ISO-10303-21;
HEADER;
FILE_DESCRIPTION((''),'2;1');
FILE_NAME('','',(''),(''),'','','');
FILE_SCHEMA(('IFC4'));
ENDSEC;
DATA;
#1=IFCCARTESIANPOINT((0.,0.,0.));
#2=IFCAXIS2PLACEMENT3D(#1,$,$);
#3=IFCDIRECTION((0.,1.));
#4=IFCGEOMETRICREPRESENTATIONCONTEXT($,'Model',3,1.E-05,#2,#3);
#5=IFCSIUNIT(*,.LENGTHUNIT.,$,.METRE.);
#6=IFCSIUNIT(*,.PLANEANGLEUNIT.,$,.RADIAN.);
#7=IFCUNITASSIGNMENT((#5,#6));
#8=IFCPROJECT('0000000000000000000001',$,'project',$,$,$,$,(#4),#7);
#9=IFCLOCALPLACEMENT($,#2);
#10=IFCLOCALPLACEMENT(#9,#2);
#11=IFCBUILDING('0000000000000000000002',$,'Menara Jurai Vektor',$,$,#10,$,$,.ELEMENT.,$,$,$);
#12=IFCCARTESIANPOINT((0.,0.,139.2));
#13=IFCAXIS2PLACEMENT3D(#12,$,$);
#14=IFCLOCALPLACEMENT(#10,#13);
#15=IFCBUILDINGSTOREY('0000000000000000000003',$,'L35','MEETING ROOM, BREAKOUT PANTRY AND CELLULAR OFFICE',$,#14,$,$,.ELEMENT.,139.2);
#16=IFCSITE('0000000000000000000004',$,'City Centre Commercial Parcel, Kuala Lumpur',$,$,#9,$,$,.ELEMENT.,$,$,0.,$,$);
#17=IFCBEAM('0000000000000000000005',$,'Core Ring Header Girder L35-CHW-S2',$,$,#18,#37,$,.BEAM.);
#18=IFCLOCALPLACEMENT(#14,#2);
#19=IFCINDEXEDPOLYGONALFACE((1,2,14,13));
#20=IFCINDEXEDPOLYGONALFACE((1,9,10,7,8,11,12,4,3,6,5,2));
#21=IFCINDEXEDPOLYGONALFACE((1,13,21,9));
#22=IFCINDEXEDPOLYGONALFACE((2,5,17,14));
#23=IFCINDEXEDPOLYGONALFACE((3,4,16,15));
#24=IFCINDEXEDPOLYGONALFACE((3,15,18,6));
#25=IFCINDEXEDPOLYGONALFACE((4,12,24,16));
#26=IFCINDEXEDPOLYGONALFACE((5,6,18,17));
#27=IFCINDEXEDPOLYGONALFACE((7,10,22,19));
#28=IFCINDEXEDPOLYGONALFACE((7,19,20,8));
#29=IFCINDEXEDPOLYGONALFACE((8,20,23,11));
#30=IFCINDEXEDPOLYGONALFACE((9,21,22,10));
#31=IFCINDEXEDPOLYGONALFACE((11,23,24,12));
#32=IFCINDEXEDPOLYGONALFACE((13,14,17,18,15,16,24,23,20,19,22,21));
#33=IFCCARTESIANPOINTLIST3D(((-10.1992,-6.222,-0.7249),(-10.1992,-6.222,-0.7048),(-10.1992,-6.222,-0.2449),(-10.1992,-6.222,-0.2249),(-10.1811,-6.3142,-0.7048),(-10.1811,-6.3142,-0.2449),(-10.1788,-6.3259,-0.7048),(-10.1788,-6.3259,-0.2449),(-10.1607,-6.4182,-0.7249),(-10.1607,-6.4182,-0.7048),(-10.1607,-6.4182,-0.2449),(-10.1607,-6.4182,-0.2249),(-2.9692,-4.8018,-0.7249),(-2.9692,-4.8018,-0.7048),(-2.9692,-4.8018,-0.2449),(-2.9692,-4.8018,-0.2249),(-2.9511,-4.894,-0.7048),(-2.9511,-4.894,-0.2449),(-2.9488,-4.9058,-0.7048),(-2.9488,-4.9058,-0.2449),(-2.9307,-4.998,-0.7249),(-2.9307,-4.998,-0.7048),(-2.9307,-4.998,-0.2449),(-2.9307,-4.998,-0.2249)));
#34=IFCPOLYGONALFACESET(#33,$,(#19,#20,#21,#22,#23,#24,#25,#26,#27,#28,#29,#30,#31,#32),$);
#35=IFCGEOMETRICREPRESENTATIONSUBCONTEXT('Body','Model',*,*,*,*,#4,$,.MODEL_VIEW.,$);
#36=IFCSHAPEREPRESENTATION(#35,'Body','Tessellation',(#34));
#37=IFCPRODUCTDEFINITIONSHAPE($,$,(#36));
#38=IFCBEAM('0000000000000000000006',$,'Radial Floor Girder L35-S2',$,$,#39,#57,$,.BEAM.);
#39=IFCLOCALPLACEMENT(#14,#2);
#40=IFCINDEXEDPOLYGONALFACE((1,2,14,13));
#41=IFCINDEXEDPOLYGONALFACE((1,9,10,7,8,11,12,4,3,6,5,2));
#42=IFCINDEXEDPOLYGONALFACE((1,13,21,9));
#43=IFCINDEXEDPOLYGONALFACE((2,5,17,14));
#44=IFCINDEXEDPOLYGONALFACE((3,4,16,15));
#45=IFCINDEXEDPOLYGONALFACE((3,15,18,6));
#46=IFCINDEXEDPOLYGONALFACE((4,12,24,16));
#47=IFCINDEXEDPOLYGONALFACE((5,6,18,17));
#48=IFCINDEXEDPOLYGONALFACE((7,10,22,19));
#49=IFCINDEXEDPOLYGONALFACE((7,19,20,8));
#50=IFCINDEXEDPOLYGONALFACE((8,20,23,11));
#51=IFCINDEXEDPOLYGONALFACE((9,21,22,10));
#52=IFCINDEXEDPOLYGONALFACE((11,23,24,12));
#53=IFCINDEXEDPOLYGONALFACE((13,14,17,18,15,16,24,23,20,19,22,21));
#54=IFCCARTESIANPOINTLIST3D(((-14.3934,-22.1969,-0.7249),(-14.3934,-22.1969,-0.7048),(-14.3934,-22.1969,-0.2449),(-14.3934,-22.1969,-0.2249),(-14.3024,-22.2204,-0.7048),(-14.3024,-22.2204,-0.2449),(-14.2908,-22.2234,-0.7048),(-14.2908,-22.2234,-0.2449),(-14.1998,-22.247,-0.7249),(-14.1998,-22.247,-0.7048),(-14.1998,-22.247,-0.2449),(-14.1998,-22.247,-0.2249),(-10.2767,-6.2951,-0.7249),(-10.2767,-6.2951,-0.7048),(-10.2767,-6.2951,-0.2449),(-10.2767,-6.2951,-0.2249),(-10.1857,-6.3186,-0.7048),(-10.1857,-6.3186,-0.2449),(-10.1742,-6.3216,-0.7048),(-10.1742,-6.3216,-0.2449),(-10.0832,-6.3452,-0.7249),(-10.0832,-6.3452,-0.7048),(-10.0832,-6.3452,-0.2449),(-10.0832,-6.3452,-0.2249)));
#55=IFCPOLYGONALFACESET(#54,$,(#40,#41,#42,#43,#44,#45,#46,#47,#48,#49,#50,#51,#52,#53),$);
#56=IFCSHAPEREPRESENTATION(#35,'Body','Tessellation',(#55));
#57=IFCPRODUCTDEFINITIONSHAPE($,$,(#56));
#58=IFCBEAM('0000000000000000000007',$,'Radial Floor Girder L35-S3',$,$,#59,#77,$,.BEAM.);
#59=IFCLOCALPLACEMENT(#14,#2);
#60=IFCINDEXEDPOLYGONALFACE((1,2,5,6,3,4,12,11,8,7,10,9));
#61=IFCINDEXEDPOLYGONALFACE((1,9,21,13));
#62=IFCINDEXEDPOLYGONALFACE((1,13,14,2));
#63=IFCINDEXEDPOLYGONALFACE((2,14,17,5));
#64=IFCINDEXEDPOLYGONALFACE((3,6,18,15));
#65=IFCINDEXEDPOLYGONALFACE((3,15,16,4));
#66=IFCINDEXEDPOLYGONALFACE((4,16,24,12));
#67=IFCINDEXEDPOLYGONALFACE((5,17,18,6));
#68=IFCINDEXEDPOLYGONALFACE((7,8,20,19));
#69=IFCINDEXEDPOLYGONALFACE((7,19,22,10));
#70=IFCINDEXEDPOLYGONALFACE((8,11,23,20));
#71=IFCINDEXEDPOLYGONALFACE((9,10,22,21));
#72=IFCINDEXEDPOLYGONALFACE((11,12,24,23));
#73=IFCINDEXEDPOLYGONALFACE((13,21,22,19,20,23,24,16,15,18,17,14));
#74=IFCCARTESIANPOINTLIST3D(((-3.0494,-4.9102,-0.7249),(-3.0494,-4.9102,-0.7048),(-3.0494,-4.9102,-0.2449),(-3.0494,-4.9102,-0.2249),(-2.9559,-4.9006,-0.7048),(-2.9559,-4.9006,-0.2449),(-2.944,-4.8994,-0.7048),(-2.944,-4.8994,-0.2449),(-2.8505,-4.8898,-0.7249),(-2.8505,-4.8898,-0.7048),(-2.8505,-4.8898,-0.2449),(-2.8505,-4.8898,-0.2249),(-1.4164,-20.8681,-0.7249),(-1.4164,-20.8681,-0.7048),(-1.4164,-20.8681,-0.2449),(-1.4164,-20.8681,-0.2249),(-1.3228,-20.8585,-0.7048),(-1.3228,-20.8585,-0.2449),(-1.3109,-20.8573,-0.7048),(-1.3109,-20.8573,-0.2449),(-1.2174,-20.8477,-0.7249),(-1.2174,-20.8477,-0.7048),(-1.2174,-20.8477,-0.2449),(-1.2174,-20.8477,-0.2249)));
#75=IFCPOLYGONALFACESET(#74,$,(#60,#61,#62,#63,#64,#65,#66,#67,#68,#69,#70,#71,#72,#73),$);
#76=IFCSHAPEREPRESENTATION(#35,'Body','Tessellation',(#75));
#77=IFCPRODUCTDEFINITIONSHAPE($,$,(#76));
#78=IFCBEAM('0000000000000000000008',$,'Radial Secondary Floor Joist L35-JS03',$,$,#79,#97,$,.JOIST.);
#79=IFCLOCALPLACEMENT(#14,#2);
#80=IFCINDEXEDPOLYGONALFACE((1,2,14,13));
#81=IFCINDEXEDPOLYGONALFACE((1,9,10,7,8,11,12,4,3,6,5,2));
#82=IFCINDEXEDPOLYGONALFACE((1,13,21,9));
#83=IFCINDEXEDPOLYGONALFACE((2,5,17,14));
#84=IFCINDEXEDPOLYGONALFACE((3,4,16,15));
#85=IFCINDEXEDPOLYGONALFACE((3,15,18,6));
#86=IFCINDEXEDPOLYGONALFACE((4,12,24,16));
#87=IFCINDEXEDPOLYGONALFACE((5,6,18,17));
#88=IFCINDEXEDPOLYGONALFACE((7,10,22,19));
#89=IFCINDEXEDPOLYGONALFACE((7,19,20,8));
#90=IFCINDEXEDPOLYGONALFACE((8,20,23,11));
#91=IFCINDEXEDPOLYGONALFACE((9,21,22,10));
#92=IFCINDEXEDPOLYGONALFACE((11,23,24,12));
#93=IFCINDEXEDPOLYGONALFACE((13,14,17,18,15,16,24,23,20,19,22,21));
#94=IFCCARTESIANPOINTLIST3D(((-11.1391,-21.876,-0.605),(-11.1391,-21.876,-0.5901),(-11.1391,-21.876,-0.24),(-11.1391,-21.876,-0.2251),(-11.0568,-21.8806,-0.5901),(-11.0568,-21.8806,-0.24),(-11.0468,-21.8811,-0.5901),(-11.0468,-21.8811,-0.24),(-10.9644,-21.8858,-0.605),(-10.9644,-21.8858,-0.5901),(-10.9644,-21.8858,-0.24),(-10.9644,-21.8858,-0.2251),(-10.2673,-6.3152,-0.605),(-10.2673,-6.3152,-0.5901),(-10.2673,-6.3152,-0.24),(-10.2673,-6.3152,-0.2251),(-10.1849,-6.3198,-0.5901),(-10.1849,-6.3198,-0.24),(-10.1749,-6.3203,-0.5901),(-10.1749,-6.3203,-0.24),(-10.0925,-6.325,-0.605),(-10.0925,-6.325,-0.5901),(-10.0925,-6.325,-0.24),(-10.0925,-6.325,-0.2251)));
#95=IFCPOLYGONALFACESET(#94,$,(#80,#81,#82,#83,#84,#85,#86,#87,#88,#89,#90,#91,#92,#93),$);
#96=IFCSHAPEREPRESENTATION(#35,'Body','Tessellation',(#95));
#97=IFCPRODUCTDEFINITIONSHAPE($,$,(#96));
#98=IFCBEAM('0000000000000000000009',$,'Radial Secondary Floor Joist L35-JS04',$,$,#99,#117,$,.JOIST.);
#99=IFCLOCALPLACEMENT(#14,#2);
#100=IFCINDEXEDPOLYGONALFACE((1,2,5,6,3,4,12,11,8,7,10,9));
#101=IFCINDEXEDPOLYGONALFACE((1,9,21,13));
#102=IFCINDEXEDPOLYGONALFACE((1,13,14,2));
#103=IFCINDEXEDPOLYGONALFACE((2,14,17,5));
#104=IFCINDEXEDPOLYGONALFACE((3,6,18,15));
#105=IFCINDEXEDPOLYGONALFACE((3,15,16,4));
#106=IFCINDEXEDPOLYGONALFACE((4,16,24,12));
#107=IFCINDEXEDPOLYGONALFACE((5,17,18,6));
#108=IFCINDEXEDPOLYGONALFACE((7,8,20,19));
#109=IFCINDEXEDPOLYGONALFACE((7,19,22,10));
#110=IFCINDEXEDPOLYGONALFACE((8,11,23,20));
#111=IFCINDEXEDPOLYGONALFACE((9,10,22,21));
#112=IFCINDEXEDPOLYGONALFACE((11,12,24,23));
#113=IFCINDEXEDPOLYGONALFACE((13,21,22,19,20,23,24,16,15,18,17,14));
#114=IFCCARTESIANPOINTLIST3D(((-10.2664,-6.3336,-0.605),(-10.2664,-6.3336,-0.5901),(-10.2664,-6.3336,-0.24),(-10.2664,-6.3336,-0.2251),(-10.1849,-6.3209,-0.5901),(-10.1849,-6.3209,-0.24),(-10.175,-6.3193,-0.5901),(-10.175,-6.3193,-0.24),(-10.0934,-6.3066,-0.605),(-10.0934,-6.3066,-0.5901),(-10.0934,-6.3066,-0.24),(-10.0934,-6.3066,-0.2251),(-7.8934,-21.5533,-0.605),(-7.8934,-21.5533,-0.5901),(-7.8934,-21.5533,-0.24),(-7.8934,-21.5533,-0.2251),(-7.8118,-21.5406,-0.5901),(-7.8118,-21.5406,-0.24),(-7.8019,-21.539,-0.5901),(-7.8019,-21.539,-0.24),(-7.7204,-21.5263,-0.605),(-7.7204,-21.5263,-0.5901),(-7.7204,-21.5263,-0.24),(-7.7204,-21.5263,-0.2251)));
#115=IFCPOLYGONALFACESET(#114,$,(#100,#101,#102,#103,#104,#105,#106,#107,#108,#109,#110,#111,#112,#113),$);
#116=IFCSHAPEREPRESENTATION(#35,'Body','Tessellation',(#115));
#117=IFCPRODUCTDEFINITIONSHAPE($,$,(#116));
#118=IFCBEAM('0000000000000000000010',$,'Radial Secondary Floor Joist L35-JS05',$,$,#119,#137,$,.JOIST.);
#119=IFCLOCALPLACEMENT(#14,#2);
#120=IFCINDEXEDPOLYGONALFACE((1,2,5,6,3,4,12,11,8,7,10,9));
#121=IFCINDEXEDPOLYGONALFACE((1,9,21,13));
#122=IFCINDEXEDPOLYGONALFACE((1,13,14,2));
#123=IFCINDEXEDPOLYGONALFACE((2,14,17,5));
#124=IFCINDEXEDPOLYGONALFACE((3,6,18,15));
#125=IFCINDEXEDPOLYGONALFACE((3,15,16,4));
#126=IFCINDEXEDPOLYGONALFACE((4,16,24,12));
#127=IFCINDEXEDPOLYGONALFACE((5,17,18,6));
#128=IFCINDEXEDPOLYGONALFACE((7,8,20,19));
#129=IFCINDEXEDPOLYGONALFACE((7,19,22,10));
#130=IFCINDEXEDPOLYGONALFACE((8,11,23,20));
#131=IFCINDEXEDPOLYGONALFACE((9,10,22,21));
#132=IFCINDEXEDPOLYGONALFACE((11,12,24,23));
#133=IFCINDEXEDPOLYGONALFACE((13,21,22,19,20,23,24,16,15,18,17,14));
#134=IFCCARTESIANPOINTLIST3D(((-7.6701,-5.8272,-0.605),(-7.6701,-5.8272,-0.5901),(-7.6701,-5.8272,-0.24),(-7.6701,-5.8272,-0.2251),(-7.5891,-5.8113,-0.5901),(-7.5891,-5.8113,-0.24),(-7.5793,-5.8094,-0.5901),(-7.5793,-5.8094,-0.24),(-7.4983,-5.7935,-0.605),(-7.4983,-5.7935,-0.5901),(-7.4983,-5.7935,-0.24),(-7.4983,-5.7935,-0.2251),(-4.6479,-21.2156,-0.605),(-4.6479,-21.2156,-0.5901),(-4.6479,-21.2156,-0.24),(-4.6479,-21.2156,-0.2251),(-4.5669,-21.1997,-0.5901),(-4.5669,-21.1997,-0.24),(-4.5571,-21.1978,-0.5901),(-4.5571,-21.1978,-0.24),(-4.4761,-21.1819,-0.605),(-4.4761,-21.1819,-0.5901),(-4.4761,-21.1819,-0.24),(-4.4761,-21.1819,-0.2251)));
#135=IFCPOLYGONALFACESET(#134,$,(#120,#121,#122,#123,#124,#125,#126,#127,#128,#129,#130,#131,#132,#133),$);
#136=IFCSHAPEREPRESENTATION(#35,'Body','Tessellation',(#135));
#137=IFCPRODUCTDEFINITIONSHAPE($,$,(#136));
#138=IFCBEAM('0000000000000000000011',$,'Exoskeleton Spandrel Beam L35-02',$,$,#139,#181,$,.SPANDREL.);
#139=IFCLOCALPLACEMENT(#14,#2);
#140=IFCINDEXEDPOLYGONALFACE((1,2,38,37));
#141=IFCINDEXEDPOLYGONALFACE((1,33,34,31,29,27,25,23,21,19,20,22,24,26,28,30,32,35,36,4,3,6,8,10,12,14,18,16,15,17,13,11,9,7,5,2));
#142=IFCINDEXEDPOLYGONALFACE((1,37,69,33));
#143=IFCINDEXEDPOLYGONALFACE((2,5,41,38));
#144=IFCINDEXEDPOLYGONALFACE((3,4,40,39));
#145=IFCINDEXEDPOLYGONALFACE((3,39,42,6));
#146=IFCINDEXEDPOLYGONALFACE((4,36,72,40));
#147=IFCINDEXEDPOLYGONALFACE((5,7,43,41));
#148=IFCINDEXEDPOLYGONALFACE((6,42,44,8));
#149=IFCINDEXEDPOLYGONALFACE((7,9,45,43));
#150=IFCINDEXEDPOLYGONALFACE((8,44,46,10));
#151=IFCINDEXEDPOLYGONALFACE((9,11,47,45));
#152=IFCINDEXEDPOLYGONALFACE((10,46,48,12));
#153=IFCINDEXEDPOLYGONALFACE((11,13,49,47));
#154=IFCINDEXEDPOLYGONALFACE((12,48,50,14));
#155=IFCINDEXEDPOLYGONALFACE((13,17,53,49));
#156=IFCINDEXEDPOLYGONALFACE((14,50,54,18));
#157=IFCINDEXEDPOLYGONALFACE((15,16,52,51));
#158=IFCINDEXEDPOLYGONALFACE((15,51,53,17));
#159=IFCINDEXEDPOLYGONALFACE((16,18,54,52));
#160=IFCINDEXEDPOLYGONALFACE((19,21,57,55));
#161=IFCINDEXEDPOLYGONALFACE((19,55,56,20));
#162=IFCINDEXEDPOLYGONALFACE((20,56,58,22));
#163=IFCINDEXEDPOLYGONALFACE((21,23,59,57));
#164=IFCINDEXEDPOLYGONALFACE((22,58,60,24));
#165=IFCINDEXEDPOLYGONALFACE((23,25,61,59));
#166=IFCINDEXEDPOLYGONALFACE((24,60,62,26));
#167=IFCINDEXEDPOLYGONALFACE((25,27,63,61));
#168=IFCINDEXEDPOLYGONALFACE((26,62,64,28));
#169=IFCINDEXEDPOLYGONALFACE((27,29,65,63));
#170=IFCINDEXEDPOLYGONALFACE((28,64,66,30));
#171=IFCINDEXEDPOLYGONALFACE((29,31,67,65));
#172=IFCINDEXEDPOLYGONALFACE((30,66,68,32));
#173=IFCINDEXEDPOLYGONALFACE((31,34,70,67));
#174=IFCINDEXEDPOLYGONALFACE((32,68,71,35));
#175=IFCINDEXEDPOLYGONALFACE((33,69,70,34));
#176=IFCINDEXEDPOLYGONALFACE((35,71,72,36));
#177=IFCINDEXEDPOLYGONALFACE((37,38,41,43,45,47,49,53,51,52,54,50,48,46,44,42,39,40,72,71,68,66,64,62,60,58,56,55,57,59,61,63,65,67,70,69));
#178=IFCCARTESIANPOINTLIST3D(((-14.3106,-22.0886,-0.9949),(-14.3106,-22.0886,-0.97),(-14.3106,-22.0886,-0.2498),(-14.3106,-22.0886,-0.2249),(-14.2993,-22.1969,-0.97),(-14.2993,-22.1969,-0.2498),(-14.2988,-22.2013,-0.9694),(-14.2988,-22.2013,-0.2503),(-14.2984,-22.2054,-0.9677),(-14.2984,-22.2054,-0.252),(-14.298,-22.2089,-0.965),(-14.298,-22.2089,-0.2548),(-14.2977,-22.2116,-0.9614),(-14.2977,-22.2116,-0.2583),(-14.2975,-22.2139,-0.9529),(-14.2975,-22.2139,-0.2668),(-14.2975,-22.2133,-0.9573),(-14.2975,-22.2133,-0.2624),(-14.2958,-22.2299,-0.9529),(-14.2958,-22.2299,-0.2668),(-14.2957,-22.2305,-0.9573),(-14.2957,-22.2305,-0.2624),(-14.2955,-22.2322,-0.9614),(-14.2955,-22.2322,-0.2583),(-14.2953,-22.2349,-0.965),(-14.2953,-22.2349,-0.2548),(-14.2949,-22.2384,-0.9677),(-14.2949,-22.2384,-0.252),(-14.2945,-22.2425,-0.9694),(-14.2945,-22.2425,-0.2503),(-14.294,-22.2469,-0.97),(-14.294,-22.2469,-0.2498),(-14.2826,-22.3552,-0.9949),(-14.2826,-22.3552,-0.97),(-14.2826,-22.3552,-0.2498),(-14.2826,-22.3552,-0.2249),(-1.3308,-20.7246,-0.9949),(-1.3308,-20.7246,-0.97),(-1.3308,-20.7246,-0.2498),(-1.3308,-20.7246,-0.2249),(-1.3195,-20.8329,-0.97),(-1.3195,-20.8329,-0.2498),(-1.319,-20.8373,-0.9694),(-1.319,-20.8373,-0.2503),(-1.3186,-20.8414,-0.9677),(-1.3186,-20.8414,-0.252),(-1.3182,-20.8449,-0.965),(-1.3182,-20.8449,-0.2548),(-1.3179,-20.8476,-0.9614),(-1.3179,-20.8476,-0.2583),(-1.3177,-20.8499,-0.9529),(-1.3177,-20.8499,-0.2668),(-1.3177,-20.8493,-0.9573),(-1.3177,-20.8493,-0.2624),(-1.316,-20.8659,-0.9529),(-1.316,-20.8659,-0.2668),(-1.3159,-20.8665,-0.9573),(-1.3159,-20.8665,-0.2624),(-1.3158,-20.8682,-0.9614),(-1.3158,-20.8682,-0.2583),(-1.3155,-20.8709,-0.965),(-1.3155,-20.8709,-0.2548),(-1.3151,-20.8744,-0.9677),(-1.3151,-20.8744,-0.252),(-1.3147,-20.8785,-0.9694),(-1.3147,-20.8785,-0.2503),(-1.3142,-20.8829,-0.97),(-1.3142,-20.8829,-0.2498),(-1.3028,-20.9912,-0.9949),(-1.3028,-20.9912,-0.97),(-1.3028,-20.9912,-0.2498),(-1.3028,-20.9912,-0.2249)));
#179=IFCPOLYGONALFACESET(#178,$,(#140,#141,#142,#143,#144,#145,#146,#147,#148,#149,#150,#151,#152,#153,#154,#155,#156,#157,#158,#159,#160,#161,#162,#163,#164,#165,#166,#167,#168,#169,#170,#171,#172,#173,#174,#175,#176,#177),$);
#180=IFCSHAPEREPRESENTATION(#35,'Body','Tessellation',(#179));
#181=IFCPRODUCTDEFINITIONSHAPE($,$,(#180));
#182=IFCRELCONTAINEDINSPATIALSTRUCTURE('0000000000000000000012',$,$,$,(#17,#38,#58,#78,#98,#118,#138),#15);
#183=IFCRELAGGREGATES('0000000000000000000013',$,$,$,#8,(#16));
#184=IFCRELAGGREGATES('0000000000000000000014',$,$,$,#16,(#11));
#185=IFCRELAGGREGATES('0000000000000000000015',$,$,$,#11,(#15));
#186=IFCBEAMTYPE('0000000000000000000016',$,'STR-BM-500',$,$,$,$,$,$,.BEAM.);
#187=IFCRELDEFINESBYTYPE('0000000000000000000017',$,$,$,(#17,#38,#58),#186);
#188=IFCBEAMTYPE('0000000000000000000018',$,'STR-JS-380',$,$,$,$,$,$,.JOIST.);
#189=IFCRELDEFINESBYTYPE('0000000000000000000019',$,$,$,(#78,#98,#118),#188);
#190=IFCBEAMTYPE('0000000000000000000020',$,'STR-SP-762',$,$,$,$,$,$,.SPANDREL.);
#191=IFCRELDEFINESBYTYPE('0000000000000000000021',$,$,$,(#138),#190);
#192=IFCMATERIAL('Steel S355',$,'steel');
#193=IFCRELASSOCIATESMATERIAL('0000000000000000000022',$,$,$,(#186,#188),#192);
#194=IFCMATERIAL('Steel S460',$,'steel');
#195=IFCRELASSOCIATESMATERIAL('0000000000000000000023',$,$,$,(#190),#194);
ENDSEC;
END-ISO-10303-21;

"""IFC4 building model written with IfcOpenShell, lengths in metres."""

from ifc_helpers import new_model, si_unit, direction, frame, origin, origin_2d, place, context, subcontext, project, spatial, i_section, extrude, material, material_profile, profile_set, type_object, element, save


model = new_model("IFC4")

# Units and contexts
model_context = context("Model", 3, precision=1e-05, world=origin(), true_north=direction((0.0, 1.0)))
body_context = subcontext(model_context, "Body", "Model", "MODEL_VIEW")
ifc_project = project(units=[si_unit("LENGTHUNIT", "METRE"), si_unit("PLANEANGLEUNIT", "RADIAN")], contexts=[model_context])

# Site, building, storey
site_placement = place(None, origin())
site = spatial("IfcSite", under=ifc_project, at=site_placement, Name="City Centre Commercial Parcel, Kuala Lumpur", CompositionType="ELEMENT", RefElevation=0.0)
building_placement = place(site_placement, origin())
building = spatial("IfcBuilding", under=site, at=building_placement, Name="Menara Jurai Vektor", CompositionType="ELEMENT")
storey_placement = place(building_placement, frame((0.0, 0.0, 139.2)))
storey = spatial("IfcBuildingStorey", under=building, at=storey_placement, Name="L35", Description="MEETING ROOM, BREAKOUT PANTRY AND CELLULAR OFFICE", CompositionType="ELEMENT", Elevation=139.2)

# Shared definitions
ifc_material_1 = material(Name="Steel S460", Category="steel")

# Beams
ifc_material_2 = material(Name="Steel S355", Category="steel")
ifc_material_profile_1 = material_profile(ifc_material_2, i_section(OverallWidth=0.2, OverallDepth=0.5, WebThickness=0.012, FlangeThickness=0.02, at=origin_2d()), Name="PG 500x200x96")
ifc_profile_set_1 = profile_set([ifc_material_profile_1], Name="Steel S355")
beam_type_1 = type_object("IfcBeamType", Name="STR-BM-500", PredefinedType="BEAM", material=ifc_profile_set_1)
beam_1_placement = place(storey_placement, frame((-10.1799, -6.3201, -0.4749), z_axis=(0.981249, 0.192744, 0.0), x_axis=(-0.192744, 0.981249, 0.0)))
element("IfcBeam", 1, at=beam_1_placement, inside=storey, type_object=beam_type_1, Name="Core Ring Header Girder L35-CHW-S2", PredefinedType="BEAM", context=body_context, shape_type="SweptSolid", body=[
    extrude(i_section(OverallWidth=0.2, OverallDepth=0.5, WebThickness=0.012, FlangeThickness=0.02, at=origin_2d()), origin(), (0.0, 0.0, 1.0), 7.3682),
])
beam_2_placement = place(storey_placement, frame((-14.2966, -22.2219, -0.4749), z_axis=(0.25062, 0.968086, 0.0), x_axis=(-0.968086, 0.25062, 0.0)))
element("IfcBeam", 2, at=beam_2_placement, inside=storey, type_object=beam_type_1, Name="Radial Floor Girder L35-S2", PredefinedType="BEAM", context=body_context, shape_type="SweptSolid", body=[
    extrude(i_section(OverallWidth=0.2, OverallDepth=0.5, WebThickness=0.012, FlangeThickness=0.02, at=origin_2d()), origin(), (0.0, 0.0, 1.0), 16.426),
])
beam_3_placement = place(storey_placement, frame((-1.3169, -20.8579, -0.4749), z_axis=(-0.101803, 0.994805, 0.0), x_axis=(-0.994805, -0.101803, 0.0)))
element("IfcBeam", 3, at=beam_3_placement, inside=storey, type_object=beam_type_1, Name="Radial Floor Girder L35-S3", PredefinedType="BEAM", context=body_context, shape_type="SweptSolid", body=[
    extrude(i_section(OverallWidth=0.2, OverallDepth=0.5, WebThickness=0.012, FlangeThickness=0.02, at=origin_2d()), origin(), (0.0, 0.0, 1.0), 16.0413),
])
ifc_material_profile_2 = material_profile(ifc_material_2, i_section(OverallWidth=0.175, OverallDepth=0.3799, WebThickness=0.01, FlangeThickness=0.0149, at=origin_2d()), Name="PG 380x175x58")
ifc_profile_set_2 = profile_set([ifc_material_profile_2], Name="Steel S355")
beam_type_2 = type_object("IfcBeamType", Name="STR-JS-380", PredefinedType="JOIST", material=ifc_profile_set_2)
beam_4_placement = place(storey_placement, frame((-11.0518, -21.8809, -0.415), z_axis=(0.055939, 0.998434, 0.0), x_axis=(-0.998434, 0.055939, 0.0)))
element("IfcBeam", 4, at=beam_4_placement, inside=storey, type_object=beam_type_2, Name="Radial Secondary Floor Joist L35-JS03", PredefinedType="JOIST", context=body_context, shape_type="SweptSolid", body=[
    extrude(i_section(OverallWidth=0.175, OverallDepth=0.3799, WebThickness=0.01, FlangeThickness=0.0149, at=origin_2d()), origin(), (0.0, 0.0, 1.0), 15.5852),
])
beam_5_placement = place(storey_placement, frame((-7.8069, -21.5398, -0.415), z_axis=(-0.154058, 0.988062, 0.0), x_axis=(-0.988062, -0.154058, 0.0)))
element("IfcBeam", 5, at=beam_5_placement, inside=storey, type_object=beam_type_2, Name="Radial Secondary Floor Joist L35-JS04", PredefinedType="JOIST", context=body_context, shape_type="SweptSolid", body=[
    extrude(i_section(OverallWidth=0.175, OverallDepth=0.3799, WebThickness=0.01, FlangeThickness=0.0149, at=origin_2d()), origin(), (0.0, 0.0, 1.0), 15.4036),
])
beam_6_placement = place(storey_placement, frame((-4.562, -21.1987, -0.415), z_axis=(-0.192714, 0.981255, 0.0), x_axis=(-0.981255, -0.192714, 0.0)))
element("IfcBeam", 6, at=beam_6_placement, inside=storey, type_object=beam_type_2, Name="Radial Secondary Floor Joist L35-JS05", PredefinedType="JOIST", context=body_context, shape_type="SweptSolid", body=[
    extrude(i_section(OverallWidth=0.175, OverallDepth=0.3799, WebThickness=0.01, FlangeThickness=0.0149, at=origin_2d()), origin(), (0.0, 0.0, 1.0), 15.6824),
])
ifc_material_profile_3 = material_profile(ifc_material_1, i_section(OverallWidth=0.2681, OverallDepth=0.77, WebThickness=0.0161, FlangeThickness=0.0249, FilletRadius=0.0171, at=origin_2d()), Name="UKB 762x267x197")
ifc_profile_set_3 = profile_set([ifc_material_profile_3], Name="Steel S460")
beam_type_3 = type_object("IfcBeamType", Name="STR-SP-762", PredefinedType="SPANDREL", material=ifc_profile_set_3)
beam_7_placement = place(storey_placement, frame((-14.2966, -22.2219, -0.6099), z_axis=(0.994524, 0.104512, 0.0), x_axis=(-0.104512, 0.994524, 0.0)))
element("IfcBeam", 7, at=beam_7_placement, inside=storey, type_object=beam_type_3, Name="Exoskeleton Spandrel Beam L35-02", PredefinedType="SPANDREL", context=body_context, shape_type="SweptSolid", body=[
    extrude(i_section(OverallWidth=0.2681, OverallDepth=0.77, WebThickness=0.0161, FlangeThickness=0.0249, FilletRadius=0.0171, at=origin_2d()), origin(), (0.0, 0.0, 1.0), 13.0513),
])

save(model, "model.ifc")
